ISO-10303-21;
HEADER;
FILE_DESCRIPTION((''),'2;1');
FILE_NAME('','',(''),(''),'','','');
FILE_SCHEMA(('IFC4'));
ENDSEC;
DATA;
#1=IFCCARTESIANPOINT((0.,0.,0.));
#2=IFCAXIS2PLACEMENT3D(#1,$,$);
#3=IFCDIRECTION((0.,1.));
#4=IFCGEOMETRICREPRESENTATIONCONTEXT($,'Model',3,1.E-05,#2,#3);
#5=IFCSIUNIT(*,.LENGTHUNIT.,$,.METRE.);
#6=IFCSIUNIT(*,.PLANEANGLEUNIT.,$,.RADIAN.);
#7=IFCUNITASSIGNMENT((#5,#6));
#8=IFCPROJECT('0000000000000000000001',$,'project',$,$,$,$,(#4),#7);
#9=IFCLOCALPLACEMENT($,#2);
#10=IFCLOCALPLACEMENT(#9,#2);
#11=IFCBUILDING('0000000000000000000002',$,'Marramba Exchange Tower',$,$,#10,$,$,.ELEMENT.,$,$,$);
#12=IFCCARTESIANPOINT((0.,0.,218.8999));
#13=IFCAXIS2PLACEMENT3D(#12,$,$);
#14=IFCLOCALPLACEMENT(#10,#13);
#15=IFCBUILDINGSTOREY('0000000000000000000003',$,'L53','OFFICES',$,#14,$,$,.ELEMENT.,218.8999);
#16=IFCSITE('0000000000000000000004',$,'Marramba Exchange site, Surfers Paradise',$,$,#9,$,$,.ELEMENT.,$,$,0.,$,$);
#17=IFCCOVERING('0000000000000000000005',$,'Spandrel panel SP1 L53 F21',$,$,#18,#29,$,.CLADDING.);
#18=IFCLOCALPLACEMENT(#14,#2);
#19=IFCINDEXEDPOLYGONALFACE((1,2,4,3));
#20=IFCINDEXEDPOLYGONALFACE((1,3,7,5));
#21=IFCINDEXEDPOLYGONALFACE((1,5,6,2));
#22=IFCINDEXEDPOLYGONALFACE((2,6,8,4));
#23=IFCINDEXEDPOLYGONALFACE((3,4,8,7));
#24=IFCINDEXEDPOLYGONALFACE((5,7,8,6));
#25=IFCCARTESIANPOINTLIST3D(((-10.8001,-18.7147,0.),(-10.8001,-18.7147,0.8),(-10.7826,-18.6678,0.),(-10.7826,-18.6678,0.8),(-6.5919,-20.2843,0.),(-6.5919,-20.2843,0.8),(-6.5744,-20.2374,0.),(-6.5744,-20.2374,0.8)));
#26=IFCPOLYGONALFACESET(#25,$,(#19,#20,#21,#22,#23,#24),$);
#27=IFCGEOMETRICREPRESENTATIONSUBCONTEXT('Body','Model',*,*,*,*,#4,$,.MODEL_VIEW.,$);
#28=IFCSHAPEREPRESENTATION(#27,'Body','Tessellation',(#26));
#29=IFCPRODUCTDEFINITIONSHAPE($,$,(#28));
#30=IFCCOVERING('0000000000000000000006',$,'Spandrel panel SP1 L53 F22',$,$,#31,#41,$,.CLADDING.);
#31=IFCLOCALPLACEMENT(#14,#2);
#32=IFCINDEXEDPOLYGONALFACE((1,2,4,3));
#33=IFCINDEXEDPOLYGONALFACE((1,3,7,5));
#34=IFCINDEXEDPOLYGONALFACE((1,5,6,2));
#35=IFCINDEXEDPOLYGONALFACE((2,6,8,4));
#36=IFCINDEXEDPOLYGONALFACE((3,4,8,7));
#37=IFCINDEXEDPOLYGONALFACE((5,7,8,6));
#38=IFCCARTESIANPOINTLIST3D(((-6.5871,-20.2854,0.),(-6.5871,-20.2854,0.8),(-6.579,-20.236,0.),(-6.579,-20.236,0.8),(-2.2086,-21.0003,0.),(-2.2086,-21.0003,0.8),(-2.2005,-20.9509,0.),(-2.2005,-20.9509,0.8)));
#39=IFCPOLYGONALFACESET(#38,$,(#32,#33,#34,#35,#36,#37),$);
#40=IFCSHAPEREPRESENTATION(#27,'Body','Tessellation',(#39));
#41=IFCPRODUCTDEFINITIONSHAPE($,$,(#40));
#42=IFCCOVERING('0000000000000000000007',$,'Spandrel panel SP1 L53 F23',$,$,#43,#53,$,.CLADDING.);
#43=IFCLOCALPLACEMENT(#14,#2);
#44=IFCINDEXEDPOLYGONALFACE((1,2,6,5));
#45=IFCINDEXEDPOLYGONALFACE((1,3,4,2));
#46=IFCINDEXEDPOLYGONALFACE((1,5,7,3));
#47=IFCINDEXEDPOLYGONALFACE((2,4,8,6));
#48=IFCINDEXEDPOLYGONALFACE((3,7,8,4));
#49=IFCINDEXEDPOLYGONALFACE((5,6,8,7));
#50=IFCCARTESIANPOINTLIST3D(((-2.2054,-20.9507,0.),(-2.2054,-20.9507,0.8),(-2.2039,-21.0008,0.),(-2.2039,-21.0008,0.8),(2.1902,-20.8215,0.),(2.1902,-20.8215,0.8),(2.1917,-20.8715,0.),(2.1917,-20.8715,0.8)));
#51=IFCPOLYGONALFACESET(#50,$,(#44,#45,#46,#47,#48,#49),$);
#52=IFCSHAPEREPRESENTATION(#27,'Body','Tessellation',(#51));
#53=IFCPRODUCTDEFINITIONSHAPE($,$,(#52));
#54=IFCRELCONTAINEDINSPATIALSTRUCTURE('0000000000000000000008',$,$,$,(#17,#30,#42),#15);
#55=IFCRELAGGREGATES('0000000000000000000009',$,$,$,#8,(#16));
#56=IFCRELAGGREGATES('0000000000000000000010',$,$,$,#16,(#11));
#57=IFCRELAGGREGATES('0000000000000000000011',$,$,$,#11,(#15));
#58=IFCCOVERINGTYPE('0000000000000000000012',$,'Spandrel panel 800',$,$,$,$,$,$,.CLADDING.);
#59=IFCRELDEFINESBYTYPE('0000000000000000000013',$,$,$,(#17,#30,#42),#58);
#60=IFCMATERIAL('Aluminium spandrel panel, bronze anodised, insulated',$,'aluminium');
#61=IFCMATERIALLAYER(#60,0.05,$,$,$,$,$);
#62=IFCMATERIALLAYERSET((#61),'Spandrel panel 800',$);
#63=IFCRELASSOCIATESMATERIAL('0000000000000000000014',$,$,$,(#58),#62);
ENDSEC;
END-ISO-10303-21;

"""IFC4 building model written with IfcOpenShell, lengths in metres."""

from ifc_helpers import new_model, si_unit, direction, frame, origin, origin_2d, place, context, subcontext, project, spatial, rectangle, extrude, material, layer, layer_set, type_object, element, save


model = new_model("IFC4")

# Units and contexts
model_context = context("Model", 3, precision=1e-05, world=origin(), true_north=direction((0.0, 1.0)))
body_context = subcontext(model_context, "Body", "Model", "MODEL_VIEW")
ifc_project = project(units=[si_unit("LENGTHUNIT", "METRE"), si_unit("PLANEANGLEUNIT", "RADIAN")], contexts=[model_context])

# Site, building, storey
site_placement = place(None, origin())
site = spatial("IfcSite", under=ifc_project, at=site_placement, Name="Marramba Exchange site, Surfers Paradise", CompositionType="ELEMENT", RefElevation=0.0)
building_placement = place(site_placement, origin())
building = spatial("IfcBuilding", under=site, at=building_placement, Name="Marramba Exchange Tower", CompositionType="ELEMENT")
storey_placement = place(building_placement, frame((0.0, 0.0, 218.8999)))
storey = spatial("IfcBuildingStorey", under=building, at=storey_placement, Name="L53", Description="OFFICES", CompositionType="ELEMENT", Elevation=218.8999)

# Coverings
ifc_material_1 = material(Name="Aluminium spandrel panel, bronze anodised, insulated", Category="aluminium")
ifc_layer_1 = layer(ifc_material_1, 0.05)
ifc_layer_set_1 = layer_set([ifc_layer_1], Name="Spandrel panel 800")
covering_type = type_object("IfcCoveringType", Name="Spandrel panel 800", PredefinedType="CLADDING", material=ifc_layer_set_1)
covering_1_placement = place(storey_placement, frame((-8.6873, -19.4761, 0.0), z_axis=(0.0, 0.0, 1.0), x_axis=(0.936952, -0.349459, 0.0)))
element("IfcCovering", 1, at=covering_1_placement, inside=storey, type_object=covering_type, Name="Spandrel panel SP1 L53 F21", PredefinedType="CLADDING", context=body_context, shape_type="SweptSolid", body=[
    extrude(rectangle(XDim=4.4915, YDim=0.05, at=origin_2d()), origin(), (0.0, 0.0, 1.0), 0.8),
])
covering_2_placement = place(storey_placement, frame((-4.3938, -20.6182, 0.0), z_axis=(0.0, 0.0, 1.0), x_axis=(0.986931, -0.161146, 0.0)))
element("IfcCovering", 2, at=covering_2_placement, inside=storey, type_object=covering_type, Name="Spandrel panel SP1 L53 F22", PredefinedType="CLADDING", context=body_context, shape_type="SweptSolid", body=[
    extrude(rectangle(XDim=4.4365, YDim=0.05, at=origin_2d()), origin(), (0.0, 0.0, 1.0), 0.8),
])
covering_3_placement = place(storey_placement, frame((-0.0068, -20.9111, 0.0), z_axis=(0.0, 0.0, 1.0), x_axis=(0.999568, 0.029393, 0.0)))
element("IfcCovering", 3, at=covering_3_placement, inside=storey, type_object=covering_type, Name="Spandrel panel SP1 L53 F23", PredefinedType="CLADDING", context=body_context, shape_type="SweptSolid", body=[
    extrude(rectangle(XDim=4.3975, YDim=0.05, at=origin_2d()), origin(), (0.0, 0.0, 1.0), 0.8),
])

save(model, "model.ifc")
